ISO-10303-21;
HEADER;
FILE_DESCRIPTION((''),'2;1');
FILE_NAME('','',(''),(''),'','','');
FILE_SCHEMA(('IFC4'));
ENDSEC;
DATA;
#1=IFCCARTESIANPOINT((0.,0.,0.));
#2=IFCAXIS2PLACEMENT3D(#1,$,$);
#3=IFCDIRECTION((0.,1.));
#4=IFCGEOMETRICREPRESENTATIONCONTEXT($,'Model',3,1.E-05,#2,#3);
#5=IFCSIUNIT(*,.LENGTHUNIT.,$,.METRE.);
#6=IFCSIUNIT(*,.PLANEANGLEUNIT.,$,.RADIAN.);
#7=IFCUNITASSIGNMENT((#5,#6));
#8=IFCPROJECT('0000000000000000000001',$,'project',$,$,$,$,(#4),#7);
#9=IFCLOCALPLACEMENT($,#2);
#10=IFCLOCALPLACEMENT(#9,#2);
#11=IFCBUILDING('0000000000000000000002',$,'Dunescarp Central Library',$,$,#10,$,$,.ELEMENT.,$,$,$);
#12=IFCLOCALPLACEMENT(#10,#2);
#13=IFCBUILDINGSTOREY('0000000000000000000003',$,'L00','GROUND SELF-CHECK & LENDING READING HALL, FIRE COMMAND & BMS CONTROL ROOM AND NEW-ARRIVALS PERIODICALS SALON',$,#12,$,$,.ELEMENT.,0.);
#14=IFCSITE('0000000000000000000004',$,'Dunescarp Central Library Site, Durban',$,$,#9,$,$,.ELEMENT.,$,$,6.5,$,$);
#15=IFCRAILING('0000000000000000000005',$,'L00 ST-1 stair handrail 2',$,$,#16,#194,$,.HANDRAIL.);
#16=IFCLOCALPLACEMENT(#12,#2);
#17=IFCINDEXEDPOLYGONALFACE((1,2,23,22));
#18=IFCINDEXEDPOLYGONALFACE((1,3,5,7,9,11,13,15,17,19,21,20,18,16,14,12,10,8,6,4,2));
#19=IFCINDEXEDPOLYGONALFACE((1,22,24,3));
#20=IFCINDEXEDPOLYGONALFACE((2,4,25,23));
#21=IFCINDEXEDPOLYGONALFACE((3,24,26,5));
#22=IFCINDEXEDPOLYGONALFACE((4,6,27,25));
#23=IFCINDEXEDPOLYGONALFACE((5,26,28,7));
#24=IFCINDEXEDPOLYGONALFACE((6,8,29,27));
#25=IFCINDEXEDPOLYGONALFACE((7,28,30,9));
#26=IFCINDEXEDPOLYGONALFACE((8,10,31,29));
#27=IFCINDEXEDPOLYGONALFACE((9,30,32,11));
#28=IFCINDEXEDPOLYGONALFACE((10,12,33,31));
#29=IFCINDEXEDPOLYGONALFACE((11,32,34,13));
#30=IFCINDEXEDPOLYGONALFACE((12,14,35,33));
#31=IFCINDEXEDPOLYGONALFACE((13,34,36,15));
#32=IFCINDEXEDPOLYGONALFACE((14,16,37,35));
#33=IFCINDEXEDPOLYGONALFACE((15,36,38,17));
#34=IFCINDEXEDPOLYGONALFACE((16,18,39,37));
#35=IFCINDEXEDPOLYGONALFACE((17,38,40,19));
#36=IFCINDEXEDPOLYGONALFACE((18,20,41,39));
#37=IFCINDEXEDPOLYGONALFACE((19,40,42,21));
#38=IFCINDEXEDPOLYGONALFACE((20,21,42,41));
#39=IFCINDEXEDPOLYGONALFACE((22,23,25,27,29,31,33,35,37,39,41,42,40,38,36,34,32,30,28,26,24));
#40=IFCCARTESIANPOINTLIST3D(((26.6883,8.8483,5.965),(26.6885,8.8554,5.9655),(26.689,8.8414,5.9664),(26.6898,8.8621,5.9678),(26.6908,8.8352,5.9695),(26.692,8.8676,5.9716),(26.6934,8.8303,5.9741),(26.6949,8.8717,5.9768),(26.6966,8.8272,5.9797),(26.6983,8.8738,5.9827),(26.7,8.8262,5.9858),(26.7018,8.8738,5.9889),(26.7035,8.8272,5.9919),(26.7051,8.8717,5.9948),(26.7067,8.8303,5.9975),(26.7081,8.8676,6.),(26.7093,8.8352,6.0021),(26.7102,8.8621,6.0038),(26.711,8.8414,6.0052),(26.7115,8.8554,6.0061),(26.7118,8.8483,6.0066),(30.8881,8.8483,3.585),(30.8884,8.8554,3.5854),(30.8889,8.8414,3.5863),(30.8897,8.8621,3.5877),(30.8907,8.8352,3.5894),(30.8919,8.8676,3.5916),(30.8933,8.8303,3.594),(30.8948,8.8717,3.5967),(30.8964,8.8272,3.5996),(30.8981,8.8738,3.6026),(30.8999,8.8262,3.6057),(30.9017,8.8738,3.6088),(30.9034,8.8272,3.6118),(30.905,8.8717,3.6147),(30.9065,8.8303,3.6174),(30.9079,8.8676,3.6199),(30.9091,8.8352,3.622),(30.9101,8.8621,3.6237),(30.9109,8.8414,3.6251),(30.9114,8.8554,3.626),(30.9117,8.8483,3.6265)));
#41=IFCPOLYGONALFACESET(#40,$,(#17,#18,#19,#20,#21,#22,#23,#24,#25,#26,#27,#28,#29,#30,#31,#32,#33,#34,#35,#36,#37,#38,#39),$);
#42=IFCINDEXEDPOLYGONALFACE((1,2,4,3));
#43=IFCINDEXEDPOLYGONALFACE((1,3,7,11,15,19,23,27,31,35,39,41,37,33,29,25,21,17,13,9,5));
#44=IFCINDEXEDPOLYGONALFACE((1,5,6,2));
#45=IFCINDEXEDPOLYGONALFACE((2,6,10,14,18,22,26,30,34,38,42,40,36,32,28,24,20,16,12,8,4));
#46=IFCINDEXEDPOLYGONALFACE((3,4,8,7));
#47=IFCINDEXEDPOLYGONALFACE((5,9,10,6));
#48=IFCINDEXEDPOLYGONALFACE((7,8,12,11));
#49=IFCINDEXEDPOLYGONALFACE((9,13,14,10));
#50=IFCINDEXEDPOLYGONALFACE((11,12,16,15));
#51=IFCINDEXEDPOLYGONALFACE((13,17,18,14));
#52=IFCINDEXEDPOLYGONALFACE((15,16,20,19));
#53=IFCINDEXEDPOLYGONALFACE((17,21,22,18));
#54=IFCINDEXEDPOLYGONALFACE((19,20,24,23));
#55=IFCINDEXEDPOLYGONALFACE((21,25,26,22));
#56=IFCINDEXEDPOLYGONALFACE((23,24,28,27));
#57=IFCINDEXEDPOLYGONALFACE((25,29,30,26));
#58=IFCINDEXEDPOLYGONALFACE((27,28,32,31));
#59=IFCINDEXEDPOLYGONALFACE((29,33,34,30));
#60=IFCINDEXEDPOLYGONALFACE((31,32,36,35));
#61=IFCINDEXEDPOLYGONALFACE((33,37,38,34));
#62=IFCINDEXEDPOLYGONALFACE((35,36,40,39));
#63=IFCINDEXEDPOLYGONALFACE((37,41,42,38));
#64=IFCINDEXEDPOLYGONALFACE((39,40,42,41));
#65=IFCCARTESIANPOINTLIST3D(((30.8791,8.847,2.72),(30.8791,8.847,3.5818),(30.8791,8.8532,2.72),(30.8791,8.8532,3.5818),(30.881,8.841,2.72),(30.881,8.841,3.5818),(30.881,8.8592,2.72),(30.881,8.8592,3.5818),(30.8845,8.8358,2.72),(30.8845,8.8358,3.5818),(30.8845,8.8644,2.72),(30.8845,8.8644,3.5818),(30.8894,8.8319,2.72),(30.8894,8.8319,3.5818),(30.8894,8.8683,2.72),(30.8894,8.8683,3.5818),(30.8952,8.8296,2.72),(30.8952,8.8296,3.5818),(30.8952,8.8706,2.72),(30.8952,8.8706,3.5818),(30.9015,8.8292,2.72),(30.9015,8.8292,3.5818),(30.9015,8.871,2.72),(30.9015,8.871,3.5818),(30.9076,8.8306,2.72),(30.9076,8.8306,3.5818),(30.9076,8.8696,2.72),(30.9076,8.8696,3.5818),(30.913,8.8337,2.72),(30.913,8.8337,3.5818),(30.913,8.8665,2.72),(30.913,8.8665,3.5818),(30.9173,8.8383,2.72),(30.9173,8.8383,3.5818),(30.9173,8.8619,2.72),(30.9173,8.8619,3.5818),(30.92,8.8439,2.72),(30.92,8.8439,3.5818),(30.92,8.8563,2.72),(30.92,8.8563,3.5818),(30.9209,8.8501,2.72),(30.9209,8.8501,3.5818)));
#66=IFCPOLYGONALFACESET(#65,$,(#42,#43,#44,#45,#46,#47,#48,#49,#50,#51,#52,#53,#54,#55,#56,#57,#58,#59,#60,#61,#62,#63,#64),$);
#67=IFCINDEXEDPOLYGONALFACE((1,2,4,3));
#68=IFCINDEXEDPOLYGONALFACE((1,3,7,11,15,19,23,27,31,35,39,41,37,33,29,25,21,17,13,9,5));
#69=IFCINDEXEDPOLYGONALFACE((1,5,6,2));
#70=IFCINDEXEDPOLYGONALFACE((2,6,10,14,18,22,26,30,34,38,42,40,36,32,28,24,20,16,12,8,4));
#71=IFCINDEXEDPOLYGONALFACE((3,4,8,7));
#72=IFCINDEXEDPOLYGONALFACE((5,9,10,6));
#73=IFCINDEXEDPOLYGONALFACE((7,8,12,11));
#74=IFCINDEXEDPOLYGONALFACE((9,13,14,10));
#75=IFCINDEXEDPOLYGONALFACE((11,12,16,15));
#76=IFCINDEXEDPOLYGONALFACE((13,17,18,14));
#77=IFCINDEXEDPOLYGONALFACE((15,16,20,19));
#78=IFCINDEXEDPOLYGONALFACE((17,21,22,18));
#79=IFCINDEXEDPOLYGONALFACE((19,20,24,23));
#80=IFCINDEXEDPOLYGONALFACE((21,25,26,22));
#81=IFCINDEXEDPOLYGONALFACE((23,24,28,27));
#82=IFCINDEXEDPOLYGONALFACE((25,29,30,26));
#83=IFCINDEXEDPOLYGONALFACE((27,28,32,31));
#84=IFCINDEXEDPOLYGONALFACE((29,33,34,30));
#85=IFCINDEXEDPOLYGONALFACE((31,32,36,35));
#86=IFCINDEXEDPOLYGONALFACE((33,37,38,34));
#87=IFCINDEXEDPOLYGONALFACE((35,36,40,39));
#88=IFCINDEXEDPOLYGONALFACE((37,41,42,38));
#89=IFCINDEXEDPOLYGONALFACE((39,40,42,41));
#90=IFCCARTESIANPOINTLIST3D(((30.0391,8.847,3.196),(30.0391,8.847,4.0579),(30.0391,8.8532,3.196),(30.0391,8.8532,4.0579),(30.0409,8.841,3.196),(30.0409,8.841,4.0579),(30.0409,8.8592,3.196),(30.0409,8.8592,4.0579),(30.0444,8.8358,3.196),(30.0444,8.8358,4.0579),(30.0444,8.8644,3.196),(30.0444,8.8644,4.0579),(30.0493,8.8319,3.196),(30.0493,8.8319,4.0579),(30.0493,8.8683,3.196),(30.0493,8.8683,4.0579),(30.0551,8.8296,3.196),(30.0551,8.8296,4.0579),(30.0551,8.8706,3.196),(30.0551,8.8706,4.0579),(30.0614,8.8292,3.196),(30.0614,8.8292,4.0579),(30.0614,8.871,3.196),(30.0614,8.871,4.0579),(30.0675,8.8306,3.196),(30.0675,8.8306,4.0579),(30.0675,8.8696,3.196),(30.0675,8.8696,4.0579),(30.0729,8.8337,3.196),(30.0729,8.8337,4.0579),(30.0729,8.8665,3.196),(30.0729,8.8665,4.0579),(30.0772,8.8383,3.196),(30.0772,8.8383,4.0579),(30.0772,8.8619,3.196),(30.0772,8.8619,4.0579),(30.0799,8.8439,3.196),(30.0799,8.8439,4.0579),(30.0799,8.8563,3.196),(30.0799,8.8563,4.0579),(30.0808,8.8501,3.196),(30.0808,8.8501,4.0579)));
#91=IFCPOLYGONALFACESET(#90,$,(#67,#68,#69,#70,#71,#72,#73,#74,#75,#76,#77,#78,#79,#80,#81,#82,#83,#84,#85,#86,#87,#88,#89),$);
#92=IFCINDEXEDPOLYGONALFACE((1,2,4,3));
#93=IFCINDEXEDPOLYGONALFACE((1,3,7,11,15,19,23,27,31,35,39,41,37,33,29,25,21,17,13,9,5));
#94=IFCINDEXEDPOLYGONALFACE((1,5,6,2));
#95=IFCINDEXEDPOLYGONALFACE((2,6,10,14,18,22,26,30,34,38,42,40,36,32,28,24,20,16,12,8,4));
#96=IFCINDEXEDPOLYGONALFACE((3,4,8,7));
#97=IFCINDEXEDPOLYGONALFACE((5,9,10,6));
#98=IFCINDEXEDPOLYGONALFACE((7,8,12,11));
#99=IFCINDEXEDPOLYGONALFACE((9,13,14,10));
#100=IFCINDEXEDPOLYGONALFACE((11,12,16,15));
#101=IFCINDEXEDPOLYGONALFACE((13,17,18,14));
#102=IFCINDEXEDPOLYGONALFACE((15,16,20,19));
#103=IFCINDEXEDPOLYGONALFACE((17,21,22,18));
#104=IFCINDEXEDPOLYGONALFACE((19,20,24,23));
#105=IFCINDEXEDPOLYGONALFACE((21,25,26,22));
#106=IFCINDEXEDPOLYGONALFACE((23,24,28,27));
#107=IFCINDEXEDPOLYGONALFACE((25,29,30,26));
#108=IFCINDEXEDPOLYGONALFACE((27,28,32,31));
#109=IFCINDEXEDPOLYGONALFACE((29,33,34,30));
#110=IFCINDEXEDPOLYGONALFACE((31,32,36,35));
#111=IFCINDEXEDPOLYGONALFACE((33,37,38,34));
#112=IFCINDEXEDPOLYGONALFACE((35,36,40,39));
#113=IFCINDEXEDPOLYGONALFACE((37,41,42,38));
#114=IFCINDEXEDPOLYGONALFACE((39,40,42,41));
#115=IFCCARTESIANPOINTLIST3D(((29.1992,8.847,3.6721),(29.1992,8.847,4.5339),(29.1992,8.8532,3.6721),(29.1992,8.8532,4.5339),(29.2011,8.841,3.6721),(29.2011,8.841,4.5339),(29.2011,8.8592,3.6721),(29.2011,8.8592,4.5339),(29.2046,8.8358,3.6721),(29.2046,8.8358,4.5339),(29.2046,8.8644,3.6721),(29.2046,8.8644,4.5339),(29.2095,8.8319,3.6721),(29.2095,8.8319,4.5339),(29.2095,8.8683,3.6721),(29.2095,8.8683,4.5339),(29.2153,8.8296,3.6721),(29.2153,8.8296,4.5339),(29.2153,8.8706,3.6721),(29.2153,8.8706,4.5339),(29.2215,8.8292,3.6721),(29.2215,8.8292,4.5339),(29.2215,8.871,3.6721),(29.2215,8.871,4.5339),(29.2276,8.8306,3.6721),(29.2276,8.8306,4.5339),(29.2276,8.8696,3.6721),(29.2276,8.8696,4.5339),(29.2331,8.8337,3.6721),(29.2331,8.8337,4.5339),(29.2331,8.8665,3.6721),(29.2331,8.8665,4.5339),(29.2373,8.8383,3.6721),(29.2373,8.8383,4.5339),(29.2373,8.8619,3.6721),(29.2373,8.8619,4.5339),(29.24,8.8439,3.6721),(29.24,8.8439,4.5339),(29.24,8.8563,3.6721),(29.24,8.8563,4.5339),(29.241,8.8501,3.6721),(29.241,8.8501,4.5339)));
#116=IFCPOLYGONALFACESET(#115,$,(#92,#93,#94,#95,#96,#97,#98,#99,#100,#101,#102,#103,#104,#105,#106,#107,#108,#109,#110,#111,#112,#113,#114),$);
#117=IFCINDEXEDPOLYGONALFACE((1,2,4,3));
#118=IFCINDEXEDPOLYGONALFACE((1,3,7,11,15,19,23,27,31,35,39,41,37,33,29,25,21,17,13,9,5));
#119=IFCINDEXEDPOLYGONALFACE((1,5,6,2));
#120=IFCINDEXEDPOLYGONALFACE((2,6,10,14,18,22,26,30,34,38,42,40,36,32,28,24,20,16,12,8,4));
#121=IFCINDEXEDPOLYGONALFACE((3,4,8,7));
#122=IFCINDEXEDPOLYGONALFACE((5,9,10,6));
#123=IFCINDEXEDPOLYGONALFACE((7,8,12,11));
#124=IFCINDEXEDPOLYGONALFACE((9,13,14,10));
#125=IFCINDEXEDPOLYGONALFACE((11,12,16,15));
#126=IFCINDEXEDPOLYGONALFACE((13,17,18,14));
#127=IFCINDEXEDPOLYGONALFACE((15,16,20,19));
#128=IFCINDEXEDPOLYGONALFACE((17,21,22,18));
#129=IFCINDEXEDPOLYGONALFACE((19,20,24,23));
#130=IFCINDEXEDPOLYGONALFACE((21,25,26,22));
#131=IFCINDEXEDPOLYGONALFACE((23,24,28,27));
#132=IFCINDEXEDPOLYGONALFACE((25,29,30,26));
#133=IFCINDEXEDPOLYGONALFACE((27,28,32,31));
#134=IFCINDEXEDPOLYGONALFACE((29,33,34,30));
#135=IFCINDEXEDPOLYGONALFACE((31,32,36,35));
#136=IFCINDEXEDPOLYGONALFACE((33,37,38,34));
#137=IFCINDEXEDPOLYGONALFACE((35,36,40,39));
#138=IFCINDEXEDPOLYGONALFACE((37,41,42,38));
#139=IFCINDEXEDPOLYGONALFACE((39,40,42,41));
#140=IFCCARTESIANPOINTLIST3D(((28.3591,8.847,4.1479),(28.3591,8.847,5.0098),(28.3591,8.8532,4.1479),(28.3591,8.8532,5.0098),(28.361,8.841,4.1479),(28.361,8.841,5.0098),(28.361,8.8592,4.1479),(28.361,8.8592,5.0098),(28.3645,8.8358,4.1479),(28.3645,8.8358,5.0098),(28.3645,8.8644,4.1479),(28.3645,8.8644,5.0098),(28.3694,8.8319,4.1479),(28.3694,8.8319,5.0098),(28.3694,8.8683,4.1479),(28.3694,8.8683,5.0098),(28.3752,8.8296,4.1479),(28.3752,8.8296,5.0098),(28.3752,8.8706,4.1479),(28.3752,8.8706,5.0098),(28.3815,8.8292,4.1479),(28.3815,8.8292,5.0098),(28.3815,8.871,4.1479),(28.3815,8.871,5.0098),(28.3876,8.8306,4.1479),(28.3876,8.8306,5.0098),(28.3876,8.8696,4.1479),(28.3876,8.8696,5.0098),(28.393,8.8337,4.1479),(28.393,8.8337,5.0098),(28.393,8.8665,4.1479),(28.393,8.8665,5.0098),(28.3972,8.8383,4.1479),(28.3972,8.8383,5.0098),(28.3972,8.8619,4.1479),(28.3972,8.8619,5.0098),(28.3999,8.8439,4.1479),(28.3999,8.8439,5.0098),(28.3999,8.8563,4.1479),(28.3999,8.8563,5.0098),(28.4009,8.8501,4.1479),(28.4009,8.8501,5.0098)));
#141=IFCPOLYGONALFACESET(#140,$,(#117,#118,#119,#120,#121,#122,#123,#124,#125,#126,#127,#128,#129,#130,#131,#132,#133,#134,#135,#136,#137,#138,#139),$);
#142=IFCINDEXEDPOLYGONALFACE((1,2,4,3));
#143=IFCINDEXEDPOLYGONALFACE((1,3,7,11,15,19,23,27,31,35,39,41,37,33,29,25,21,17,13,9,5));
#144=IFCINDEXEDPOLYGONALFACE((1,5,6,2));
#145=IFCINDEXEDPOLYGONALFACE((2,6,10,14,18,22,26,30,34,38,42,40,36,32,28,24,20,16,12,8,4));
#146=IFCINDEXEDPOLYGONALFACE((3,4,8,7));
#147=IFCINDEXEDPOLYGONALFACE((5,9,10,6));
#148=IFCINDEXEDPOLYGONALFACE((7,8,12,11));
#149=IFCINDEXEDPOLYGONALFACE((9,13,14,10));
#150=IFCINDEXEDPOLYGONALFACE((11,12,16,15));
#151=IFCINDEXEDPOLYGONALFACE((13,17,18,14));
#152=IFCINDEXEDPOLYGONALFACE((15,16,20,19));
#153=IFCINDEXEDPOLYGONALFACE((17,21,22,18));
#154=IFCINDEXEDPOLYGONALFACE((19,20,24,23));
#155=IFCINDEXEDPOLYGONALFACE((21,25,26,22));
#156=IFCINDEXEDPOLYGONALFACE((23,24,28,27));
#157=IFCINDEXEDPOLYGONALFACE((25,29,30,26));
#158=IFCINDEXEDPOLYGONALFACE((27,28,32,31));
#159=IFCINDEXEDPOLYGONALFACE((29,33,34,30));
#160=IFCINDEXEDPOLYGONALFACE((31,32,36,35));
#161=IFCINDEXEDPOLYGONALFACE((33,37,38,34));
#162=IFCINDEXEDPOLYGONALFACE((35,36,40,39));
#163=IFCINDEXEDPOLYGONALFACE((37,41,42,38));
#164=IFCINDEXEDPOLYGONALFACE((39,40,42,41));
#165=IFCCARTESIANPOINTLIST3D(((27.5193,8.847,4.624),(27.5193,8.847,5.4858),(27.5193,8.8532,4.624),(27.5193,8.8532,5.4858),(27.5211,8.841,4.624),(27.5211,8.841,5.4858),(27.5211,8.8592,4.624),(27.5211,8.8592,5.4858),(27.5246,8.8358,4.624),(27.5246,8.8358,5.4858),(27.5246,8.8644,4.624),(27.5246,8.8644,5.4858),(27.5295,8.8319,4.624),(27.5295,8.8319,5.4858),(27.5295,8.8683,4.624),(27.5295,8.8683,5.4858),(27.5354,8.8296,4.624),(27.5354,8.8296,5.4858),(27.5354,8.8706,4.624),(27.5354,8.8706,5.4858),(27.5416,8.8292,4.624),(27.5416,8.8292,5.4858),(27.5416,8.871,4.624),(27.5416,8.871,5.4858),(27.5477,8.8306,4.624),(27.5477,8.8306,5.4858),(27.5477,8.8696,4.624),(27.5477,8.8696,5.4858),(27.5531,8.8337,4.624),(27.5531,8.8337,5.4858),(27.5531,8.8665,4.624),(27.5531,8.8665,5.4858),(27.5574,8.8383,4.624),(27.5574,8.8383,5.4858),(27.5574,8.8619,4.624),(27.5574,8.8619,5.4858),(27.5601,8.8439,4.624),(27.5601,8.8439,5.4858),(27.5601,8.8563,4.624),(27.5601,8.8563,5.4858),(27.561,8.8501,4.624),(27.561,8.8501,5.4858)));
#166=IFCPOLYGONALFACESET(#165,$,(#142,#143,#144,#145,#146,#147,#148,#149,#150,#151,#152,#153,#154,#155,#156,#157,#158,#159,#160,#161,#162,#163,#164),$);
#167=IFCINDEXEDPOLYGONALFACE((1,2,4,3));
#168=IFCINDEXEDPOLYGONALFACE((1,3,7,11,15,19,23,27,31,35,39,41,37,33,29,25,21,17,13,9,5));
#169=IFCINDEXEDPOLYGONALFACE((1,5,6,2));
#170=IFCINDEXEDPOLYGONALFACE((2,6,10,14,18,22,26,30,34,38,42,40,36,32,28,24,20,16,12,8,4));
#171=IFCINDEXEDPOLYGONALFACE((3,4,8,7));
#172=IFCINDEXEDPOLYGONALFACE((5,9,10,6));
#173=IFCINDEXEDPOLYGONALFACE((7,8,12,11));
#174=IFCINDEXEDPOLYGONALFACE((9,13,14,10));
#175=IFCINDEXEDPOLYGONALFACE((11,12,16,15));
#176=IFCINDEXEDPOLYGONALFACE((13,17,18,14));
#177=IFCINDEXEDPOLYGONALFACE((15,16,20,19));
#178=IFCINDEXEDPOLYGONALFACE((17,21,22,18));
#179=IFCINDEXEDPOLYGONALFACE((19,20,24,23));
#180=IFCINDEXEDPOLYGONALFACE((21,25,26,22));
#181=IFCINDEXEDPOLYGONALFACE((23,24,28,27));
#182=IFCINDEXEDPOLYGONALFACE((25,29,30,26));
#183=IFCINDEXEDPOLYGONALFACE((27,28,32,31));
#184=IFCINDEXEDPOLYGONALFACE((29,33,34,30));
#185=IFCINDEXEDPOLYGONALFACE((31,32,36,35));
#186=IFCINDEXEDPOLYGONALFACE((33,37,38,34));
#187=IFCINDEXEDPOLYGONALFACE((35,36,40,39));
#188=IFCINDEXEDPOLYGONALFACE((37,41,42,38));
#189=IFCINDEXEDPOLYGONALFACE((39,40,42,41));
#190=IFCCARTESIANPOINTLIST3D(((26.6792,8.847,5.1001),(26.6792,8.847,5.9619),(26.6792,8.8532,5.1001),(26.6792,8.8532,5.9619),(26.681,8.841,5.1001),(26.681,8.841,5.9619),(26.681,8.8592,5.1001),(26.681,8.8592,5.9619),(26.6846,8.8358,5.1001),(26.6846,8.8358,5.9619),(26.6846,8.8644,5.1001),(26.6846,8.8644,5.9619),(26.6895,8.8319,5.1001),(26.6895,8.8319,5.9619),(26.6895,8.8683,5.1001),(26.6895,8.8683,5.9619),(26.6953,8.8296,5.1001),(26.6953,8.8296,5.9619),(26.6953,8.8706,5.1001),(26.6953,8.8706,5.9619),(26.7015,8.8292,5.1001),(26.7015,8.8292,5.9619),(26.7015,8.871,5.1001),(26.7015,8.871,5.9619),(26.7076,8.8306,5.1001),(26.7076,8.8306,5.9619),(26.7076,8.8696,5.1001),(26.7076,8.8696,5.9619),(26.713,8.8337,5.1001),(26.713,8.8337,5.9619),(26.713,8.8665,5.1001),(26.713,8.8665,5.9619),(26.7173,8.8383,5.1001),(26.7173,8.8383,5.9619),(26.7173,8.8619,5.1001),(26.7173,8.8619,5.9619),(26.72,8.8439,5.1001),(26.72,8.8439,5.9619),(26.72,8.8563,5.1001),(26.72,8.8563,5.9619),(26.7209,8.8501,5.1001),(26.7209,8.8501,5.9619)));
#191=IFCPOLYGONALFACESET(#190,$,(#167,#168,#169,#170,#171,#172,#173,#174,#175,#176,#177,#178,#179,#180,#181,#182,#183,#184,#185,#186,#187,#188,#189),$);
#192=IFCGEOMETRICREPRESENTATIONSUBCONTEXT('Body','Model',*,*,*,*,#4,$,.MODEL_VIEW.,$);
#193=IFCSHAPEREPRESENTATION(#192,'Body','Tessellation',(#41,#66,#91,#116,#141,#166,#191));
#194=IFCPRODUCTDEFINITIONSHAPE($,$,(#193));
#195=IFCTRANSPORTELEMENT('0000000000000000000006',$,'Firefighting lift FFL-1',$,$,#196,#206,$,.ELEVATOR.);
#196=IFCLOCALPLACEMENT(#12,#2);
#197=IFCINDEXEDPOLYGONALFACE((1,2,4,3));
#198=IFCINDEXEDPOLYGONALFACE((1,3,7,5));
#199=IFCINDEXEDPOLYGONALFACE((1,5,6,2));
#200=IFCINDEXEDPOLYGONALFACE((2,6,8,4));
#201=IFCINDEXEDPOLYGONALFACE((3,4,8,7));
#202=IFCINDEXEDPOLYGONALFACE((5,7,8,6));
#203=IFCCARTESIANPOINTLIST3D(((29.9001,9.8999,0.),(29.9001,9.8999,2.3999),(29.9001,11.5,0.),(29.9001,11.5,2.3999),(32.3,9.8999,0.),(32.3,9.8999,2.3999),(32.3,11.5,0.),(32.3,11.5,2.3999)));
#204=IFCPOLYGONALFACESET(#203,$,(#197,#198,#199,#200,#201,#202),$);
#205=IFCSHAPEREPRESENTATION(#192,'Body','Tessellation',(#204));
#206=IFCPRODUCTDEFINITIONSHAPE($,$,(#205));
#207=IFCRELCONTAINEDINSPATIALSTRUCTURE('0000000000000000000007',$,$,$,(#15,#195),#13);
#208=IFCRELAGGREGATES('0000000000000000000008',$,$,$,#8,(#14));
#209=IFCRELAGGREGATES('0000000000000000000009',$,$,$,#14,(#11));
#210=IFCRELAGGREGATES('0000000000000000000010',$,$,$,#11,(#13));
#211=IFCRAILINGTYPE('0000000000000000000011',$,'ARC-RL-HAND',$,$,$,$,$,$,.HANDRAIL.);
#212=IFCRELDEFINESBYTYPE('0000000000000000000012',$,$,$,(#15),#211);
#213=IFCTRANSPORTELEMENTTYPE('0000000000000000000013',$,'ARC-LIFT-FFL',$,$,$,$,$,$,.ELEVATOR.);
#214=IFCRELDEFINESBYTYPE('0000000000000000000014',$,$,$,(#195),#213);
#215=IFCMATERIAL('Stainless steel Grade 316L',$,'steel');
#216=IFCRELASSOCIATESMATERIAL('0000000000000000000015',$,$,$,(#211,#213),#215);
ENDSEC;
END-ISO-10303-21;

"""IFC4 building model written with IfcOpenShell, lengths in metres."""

from ifc_helpers import new_model, si_unit, direction, frame, origin, origin_2d, place, context, subcontext, project, spatial, rectangle, circle, extrude, material, type_object, element, save


model = new_model("IFC4")

# Units and contexts
model_context = context("Model", 3, precision=1e-05, world=origin(), true_north=direction((0.0, 1.0)))
body_context = subcontext(model_context, "Body", "Model", "MODEL_VIEW")
ifc_project = project(units=[si_unit("LENGTHUNIT", "METRE"), si_unit("PLANEANGLEUNIT", "RADIAN")], contexts=[model_context])

# Site, building, storey
site_placement = place(None, origin())
site = spatial("IfcSite", under=ifc_project, at=site_placement, Name="Dunescarp Central Library Site, Durban", CompositionType="ELEMENT", RefElevation=6.5)
building_placement = place(site_placement, origin())
building = spatial("IfcBuilding", under=site, at=building_placement, Name="Dunescarp Central Library", CompositionType="ELEMENT")
storey_placement = place(building_placement, origin())
storey = spatial("IfcBuildingStorey", under=building, at=storey_placement, Name="L00", Description="GROUND SELF-CHECK & LENDING READING HALL, FIRE COMMAND & BMS CONTROL ROOM AND NEW-ARRIVALS PERIODICALS SALON", CompositionType="ELEMENT", Elevation=0.0)

# Shared definitions
ifc_material_1 = material(Name="Stainless steel Grade 316L", Category="steel")

# Railing
railing_type_1 = type_object("IfcRailingType", Name="ARC-RL-HAND", PredefinedType="HANDRAIL", material=ifc_material_1)
railing_1_placement = place(storey_placement, frame((30.8999, 8.8501, 2.72)))
element("IfcRailing", 1, at=railing_1_placement, inside=storey, type_object=railing_type_1, Name="L00 ST-1 stair handrail 2", PredefinedType="HANDRAIL", context=body_context, shape_type="SweptSolid", body=[
    extrude(circle(Radius=0.0239, at=origin_2d()), frame((0.0, 0.0, 0.8857), z_axis=(-0.870008, 0.0, 0.493037), x_axis=(0.0, -1.0, 0.0)), (0.0, 0.0, 1.0), 4.8274),
    extrude(circle(Radius=0.021, at=origin_2d()), origin(), (0.0, 0.0, 1.0), 0.8618),
    extrude(circle(Radius=0.021, at=origin_2d()), frame((-0.8401, 0.0, 0.4761)), (0.0, 0.0, 1.0), 0.8618),
    extrude(circle(Radius=0.021, at=origin_2d()), frame((-1.6799, 0.0, 0.9521)), (0.0, 0.0, 1.0), 0.8618),
    extrude(circle(Radius=0.021, at=origin_2d()), frame((-2.52, 0.0, 1.428)), (0.0, 0.0, 1.0), 0.8618),
    extrude(circle(Radius=0.021, at=origin_2d()), frame((-3.3599, 0.0, 1.9041)), (0.0, 0.0, 1.0), 0.8618),
    extrude(circle(Radius=0.021, at=origin_2d()), frame((-4.2, 0.0, 2.3801)), (0.0, 0.0, 1.0), 0.8618),
])

# Transport element
transport_element_type = type_object("IfcTransportElementType", Name="ARC-LIFT-FFL", PredefinedType="ELEVATOR", material=ifc_material_1)
transport_element_placement = place(storey_placement, frame((31.1001, 10.7, 0.0), z_axis=(0.0, 0.0, 1.0), x_axis=(0.0, 1.0, 0.0)))
element("IfcTransportElement", 2, at=transport_element_placement, inside=storey, type_object=transport_element_type, Name="Firefighting lift FFL-1", PredefinedType="ELEVATOR", context=body_context, shape_type="SweptSolid", body=[
    extrude(rectangle(XDim=1.6001, YDim=2.3999, at=origin_2d()), origin(), (0.0, 0.0, 1.0), 2.3999),
])

save(model, "model.ifc")
